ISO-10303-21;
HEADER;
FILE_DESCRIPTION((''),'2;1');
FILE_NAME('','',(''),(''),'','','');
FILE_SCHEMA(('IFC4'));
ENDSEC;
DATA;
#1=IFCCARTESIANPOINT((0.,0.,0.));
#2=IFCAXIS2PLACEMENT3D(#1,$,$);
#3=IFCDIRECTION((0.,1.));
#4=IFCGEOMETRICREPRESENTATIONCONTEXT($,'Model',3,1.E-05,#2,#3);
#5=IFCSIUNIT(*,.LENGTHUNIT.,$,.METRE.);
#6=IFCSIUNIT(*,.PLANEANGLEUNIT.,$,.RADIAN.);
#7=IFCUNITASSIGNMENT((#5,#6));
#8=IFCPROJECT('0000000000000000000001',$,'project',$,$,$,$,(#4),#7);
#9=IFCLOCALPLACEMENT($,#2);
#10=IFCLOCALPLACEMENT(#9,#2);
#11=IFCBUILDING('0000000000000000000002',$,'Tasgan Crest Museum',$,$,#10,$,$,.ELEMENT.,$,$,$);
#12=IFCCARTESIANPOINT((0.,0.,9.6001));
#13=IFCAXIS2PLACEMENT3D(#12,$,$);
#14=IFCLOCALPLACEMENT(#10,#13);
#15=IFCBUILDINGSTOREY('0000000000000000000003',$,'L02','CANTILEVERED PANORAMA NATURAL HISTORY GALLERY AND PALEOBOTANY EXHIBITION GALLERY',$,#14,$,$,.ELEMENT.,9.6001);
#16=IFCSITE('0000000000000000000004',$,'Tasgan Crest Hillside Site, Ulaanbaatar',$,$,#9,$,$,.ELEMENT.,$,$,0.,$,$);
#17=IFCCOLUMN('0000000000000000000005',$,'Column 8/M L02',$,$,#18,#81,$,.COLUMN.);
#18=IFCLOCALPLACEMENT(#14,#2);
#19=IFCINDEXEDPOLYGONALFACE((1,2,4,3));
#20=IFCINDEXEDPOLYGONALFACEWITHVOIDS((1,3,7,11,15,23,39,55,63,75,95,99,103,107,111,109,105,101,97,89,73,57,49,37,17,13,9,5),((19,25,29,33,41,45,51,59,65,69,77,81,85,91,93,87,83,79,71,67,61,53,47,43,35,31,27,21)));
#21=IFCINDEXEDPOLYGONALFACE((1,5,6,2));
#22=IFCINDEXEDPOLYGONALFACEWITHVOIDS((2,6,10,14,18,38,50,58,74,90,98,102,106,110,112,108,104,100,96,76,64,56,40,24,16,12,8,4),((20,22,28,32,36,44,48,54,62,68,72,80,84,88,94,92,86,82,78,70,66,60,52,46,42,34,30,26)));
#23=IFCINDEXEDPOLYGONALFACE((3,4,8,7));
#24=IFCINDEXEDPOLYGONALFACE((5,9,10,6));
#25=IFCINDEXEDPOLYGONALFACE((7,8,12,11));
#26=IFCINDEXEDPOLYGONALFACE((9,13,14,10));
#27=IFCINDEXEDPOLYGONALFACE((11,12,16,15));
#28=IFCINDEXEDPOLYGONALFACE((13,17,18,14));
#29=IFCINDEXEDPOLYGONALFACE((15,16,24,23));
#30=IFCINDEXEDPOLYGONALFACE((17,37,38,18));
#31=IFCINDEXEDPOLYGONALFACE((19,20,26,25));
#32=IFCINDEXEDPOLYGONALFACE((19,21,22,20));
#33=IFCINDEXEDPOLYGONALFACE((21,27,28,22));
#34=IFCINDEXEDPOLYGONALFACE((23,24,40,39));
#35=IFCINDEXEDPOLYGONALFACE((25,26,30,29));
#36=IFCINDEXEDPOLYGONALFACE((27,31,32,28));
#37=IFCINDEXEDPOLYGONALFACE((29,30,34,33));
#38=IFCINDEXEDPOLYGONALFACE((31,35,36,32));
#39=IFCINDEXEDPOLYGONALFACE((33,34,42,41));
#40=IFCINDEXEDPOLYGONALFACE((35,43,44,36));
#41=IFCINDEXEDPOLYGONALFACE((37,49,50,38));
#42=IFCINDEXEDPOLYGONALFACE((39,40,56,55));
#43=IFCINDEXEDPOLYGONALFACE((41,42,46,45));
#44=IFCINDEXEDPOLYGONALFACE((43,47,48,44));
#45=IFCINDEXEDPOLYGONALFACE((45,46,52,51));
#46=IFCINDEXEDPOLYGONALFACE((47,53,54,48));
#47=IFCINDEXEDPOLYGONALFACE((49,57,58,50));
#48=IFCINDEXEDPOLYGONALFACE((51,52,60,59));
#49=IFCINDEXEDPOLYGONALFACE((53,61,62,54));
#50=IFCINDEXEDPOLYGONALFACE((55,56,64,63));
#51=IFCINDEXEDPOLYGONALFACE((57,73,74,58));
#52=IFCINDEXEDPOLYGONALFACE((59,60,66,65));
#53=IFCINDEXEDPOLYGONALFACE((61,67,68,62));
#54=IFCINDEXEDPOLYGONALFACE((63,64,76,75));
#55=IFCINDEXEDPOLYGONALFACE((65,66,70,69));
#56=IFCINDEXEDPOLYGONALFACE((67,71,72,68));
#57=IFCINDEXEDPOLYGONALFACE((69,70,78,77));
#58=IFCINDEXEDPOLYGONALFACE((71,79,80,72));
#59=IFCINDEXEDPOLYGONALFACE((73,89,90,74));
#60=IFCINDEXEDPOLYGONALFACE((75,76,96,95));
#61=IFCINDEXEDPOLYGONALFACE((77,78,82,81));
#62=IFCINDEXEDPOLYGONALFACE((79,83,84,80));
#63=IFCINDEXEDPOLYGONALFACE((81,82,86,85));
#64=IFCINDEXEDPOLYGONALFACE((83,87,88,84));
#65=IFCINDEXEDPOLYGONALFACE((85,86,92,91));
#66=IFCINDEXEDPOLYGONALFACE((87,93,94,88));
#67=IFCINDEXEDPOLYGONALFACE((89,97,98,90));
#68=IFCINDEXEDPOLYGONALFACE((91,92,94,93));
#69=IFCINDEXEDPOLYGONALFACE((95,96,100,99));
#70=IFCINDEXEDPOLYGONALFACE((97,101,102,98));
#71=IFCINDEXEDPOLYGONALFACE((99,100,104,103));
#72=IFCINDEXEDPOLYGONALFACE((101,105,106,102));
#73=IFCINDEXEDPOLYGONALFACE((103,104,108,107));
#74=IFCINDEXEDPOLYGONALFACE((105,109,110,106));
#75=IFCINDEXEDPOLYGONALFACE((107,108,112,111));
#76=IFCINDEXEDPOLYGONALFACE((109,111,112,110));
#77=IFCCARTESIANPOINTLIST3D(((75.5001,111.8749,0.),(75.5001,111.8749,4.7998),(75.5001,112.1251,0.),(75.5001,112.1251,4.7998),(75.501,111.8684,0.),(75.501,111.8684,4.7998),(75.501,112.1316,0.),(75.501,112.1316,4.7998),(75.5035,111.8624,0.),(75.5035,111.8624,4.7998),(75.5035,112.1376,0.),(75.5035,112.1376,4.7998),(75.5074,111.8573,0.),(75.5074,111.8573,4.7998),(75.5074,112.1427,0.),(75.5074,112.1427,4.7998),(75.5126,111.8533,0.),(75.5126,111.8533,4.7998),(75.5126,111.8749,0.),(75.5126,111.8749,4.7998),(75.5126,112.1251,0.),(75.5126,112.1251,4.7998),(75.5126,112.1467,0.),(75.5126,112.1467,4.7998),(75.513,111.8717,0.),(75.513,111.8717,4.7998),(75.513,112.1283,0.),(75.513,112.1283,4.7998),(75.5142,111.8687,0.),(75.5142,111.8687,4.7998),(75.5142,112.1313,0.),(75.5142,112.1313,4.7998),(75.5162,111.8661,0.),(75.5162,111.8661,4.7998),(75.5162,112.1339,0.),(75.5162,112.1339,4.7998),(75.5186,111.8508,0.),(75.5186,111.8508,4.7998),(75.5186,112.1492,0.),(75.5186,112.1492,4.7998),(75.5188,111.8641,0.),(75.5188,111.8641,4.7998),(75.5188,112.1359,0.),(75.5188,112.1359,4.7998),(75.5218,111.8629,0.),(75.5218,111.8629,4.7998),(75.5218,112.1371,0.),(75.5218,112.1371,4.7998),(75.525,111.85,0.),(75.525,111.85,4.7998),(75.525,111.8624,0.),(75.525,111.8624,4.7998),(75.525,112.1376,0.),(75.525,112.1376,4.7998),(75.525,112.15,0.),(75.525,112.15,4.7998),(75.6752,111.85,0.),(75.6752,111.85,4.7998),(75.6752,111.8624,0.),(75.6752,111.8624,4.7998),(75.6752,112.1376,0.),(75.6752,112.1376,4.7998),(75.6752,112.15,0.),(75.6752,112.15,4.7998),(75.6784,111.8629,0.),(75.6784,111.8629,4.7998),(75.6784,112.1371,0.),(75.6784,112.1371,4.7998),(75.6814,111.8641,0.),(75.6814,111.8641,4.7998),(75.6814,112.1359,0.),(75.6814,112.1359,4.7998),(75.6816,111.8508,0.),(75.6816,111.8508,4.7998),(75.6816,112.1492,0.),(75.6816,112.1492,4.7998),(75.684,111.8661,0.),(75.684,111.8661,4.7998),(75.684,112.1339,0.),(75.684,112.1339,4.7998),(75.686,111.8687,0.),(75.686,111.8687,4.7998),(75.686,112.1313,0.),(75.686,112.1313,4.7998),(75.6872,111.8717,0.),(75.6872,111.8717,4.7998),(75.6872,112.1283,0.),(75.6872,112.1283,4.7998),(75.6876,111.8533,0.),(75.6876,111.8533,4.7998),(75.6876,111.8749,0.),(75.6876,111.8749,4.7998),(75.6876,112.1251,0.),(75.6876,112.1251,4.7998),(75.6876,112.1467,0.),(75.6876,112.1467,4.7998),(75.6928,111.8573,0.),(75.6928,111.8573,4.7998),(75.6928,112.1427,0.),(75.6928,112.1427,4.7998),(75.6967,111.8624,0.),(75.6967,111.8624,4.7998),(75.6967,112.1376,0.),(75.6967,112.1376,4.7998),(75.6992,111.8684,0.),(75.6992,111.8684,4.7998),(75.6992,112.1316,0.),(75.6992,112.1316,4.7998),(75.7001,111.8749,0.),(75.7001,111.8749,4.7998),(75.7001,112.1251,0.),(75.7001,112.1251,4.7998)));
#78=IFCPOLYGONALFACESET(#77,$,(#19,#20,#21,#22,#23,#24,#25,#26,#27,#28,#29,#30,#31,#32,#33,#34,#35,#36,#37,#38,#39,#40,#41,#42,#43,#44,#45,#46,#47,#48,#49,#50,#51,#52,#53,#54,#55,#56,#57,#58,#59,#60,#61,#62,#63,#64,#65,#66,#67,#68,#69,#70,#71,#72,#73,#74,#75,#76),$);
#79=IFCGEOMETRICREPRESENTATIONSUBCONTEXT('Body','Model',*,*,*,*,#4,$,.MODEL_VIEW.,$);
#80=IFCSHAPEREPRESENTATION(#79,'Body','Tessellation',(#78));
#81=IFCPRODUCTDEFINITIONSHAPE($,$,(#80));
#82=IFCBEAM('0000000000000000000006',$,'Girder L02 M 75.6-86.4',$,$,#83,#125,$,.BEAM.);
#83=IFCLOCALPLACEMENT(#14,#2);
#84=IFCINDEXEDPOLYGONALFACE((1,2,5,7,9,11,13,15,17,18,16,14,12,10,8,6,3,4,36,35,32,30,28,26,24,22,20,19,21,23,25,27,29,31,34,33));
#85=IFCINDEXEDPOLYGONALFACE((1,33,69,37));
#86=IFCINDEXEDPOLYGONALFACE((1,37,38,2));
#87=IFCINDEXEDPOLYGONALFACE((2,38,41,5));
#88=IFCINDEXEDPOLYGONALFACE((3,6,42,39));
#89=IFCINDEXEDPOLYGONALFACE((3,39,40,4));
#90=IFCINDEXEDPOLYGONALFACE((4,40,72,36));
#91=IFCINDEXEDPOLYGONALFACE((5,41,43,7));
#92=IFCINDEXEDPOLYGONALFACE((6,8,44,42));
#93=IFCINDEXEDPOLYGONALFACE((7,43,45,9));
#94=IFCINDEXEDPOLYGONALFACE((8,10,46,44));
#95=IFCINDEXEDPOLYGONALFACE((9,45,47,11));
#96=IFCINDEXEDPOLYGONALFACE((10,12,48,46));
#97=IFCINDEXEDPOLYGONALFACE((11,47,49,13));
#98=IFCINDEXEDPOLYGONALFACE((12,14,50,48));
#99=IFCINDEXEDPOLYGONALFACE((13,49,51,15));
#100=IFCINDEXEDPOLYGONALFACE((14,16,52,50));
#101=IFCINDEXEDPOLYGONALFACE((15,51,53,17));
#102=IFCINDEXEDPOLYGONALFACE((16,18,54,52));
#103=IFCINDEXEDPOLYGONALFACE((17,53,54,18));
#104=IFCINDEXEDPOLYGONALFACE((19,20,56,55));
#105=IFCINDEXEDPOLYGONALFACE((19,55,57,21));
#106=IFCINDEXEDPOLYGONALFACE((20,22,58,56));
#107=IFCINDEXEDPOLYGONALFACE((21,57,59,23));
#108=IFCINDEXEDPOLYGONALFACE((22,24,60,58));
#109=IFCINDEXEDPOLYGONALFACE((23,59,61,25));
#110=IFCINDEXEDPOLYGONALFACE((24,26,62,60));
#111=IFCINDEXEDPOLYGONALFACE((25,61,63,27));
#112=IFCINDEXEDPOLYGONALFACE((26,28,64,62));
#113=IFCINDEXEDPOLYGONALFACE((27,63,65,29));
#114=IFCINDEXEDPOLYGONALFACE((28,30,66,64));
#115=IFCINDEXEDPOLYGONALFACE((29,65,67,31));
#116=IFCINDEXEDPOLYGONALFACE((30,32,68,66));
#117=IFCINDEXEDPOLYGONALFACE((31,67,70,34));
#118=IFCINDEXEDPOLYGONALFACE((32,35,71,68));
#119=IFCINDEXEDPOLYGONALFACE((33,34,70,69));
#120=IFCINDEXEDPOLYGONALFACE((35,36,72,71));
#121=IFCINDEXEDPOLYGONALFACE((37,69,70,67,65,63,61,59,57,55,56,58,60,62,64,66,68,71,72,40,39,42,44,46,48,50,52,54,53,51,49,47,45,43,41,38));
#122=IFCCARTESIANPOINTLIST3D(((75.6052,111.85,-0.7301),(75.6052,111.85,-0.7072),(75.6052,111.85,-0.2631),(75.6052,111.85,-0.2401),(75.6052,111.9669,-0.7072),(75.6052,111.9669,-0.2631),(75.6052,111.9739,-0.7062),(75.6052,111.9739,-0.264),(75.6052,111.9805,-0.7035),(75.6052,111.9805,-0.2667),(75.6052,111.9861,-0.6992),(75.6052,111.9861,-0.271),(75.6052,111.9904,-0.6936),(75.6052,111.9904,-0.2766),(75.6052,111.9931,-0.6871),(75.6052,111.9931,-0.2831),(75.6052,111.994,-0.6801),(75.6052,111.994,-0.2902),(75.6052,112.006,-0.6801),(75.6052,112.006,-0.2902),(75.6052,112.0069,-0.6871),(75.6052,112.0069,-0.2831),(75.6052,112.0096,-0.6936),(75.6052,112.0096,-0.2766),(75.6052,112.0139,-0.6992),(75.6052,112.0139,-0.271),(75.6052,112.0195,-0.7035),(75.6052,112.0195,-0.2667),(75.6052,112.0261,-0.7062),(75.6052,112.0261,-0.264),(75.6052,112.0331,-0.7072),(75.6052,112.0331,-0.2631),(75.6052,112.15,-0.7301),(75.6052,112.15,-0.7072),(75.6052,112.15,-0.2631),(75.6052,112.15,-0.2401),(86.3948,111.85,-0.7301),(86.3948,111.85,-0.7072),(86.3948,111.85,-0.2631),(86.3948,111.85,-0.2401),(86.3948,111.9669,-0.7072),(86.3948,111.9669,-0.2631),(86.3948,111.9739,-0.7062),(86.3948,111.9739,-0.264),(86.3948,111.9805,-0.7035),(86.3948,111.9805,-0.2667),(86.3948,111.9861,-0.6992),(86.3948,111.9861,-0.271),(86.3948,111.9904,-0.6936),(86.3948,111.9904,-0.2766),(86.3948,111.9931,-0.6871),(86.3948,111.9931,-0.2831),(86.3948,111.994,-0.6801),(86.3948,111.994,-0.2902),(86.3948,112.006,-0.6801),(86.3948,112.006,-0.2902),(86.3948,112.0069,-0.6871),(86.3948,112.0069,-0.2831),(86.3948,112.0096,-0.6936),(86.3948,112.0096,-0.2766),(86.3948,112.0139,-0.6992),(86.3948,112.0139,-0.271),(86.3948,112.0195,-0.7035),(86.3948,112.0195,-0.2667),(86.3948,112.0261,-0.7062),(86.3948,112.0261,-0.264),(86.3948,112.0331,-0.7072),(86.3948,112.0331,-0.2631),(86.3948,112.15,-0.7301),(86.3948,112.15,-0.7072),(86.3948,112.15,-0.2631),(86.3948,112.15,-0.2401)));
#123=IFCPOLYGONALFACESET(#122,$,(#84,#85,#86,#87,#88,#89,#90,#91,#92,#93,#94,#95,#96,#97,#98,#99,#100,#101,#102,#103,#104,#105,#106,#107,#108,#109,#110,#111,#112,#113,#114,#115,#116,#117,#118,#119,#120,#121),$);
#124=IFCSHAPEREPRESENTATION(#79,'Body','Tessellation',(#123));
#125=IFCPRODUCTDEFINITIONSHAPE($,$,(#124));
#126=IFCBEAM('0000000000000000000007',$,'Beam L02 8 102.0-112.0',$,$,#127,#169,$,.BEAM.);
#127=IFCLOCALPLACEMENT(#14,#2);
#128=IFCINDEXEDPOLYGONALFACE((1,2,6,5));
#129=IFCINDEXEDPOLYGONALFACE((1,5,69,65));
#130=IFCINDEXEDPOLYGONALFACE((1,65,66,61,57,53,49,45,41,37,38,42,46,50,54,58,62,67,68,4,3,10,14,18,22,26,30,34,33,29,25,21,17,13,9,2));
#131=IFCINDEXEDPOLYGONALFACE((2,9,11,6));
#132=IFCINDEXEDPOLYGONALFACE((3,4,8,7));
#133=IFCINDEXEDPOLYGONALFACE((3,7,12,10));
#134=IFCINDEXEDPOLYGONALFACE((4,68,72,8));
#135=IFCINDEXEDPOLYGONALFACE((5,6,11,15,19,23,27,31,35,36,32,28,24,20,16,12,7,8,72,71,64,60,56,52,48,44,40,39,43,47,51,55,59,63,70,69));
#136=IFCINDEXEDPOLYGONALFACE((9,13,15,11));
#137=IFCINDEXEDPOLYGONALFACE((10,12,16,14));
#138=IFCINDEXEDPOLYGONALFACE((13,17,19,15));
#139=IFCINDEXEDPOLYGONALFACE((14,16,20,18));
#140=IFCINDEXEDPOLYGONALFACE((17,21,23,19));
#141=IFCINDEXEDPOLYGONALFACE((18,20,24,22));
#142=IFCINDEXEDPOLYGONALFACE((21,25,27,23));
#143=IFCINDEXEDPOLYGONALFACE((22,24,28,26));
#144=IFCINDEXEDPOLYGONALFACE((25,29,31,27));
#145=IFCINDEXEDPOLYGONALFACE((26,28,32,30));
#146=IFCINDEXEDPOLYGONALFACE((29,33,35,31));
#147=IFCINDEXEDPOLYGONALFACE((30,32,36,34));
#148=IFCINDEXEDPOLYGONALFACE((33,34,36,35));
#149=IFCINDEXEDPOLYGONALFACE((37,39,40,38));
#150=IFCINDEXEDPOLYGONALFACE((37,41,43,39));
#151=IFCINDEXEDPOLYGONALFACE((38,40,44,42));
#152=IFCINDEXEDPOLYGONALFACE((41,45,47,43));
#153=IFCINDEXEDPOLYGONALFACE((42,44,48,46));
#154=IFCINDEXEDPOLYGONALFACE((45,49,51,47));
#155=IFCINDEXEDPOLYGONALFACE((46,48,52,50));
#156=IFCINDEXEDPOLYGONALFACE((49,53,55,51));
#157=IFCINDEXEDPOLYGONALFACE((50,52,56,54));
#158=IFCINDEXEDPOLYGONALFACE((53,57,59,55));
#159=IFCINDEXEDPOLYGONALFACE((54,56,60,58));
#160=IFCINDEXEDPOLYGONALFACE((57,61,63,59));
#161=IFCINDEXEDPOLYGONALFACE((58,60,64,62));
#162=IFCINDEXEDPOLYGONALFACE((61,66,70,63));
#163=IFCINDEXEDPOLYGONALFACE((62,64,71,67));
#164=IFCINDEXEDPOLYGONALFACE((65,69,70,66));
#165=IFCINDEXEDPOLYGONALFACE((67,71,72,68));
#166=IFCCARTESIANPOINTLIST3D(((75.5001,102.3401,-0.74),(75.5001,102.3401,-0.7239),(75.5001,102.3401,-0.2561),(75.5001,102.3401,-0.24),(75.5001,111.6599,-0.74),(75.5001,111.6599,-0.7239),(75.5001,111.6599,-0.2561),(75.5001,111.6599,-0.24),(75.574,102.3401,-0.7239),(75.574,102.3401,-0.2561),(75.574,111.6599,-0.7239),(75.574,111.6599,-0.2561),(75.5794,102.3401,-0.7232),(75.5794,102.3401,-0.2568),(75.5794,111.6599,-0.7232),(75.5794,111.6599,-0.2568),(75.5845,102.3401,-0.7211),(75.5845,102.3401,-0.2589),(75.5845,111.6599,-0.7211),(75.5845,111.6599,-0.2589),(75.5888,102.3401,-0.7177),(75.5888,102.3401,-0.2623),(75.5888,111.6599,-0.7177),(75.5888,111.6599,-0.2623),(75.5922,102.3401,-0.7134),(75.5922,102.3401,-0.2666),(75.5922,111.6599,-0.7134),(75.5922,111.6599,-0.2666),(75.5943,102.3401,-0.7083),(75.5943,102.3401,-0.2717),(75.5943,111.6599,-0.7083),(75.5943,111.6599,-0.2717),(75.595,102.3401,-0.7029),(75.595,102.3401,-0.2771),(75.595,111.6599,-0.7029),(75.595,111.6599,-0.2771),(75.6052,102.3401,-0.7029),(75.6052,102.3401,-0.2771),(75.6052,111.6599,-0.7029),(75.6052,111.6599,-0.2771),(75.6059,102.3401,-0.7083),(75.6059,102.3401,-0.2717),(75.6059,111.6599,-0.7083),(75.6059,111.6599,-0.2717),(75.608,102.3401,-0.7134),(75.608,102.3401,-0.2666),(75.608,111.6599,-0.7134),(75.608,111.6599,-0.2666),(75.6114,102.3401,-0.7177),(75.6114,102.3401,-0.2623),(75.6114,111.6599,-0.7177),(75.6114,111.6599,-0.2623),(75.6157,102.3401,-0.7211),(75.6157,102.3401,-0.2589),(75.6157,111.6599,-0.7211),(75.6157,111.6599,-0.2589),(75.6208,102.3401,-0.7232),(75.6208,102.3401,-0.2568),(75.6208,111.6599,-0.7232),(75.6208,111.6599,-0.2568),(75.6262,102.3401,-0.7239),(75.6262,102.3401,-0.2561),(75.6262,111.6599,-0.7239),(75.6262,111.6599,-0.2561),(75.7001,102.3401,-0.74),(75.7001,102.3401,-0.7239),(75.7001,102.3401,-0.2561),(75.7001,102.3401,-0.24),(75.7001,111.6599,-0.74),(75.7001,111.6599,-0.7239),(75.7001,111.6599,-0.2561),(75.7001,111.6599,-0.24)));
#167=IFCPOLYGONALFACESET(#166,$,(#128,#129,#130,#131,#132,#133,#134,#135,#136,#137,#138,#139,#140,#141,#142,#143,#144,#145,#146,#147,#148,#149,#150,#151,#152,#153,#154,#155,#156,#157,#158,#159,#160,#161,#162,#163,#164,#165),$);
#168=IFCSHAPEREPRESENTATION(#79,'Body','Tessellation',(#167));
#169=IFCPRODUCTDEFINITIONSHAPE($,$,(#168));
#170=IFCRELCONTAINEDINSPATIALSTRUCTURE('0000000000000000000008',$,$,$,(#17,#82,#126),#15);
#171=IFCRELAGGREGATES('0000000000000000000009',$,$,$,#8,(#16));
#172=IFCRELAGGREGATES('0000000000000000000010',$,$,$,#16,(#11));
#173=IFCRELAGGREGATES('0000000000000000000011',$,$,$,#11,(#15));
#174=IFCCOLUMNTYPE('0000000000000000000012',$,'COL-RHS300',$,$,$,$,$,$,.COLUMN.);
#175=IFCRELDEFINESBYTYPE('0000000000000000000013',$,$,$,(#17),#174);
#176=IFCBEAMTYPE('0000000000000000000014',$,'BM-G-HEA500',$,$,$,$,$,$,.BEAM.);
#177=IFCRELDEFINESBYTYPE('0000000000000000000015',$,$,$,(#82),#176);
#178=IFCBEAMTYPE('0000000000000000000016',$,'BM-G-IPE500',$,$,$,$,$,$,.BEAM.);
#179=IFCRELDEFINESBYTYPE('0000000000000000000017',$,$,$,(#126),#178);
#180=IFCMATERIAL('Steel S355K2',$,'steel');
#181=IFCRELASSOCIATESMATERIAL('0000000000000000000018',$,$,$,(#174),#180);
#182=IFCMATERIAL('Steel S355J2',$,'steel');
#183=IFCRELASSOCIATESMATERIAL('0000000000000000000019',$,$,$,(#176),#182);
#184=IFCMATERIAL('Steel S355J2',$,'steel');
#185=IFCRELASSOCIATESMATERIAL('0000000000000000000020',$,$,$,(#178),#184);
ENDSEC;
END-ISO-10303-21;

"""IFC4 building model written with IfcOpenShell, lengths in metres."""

from ifc_helpers import new_model, si_unit, direction, frame, origin, origin_2d, place, context, subcontext, project, spatial, hollow_rectangle, i_section, extrude, material, material_profile, profile_set, type_object, element, save


model = new_model("IFC4")

# Units and contexts
model_context = context("Model", 3, precision=1e-05, world=origin(), true_north=direction((0.0, 1.0)))
body_context = subcontext(model_context, "Body", "Model", "MODEL_VIEW")
ifc_project = project(units=[si_unit("LENGTHUNIT", "METRE"), si_unit("PLANEANGLEUNIT", "RADIAN")], contexts=[model_context])

# Site, building, storey
site_placement = place(None, origin())
site = spatial("IfcSite", under=ifc_project, at=site_placement, Name="Tasgan Crest Hillside Site, Ulaanbaatar", CompositionType="ELEMENT", RefElevation=0.0)
building_placement = place(site_placement, origin())
building = spatial("IfcBuilding", under=site, at=building_placement, Name="Tasgan Crest Museum", CompositionType="ELEMENT")
storey_placement = place(building_placement, frame((0.0, 0.0, 9.6001)))
storey = spatial("IfcBuildingStorey", under=building, at=storey_placement, Name="L02", Description="CANTILEVERED PANORAMA NATURAL HISTORY GALLERY AND PALEOBOTANY EXHIBITION GALLERY", CompositionType="ELEMENT", Elevation=9.6001)

# Column
ifc_material_1 = material(Name="Steel S355K2", Category="steel")
ifc_material_profile_1 = material_profile(ifc_material_1, hollow_rectangle(XDim=0.2, YDim=0.3, WallThickness=0.0125, InnerFilletRadius=0.0125, OuterFilletRadius=0.0249, at=origin_2d()), Name="RHS 300x200x12.5")
ifc_profile_set_1 = profile_set([ifc_material_profile_1], Name="Steel S355K2")
column_type = type_object("IfcColumnType", Name="COL-RHS300", PredefinedType="COLUMN", material=ifc_profile_set_1)
column_placement = place(storey_placement, frame((75.6001, 112.0, 0.0), z_axis=(0.0, 0.0, 1.0), x_axis=(1.0, 0.0, 0.0)))
element("IfcColumn", 1, at=column_placement, inside=storey, type_object=column_type, Name="Column 8/M L02", PredefinedType="COLUMN", context=body_context, shape_type="SweptSolid", body=[
    extrude(hollow_rectangle(XDim=0.2, YDim=0.3, WallThickness=0.0125, InnerFilletRadius=0.0125, OuterFilletRadius=0.0249, at=origin_2d()), origin(), (0.0, 0.0, 1.0), 4.7998),
])

# Beams
ifc_material_2 = material(Name="Steel S355J2", Category="steel")
ifc_material_profile_2 = material_profile(ifc_material_2, i_section(OverallWidth=0.3, OverallDepth=0.49, WebThickness=0.012, FlangeThickness=0.0229, FilletRadius=0.0271, at=origin_2d()), Name="HEA 500")
ifc_profile_set_2 = profile_set([ifc_material_profile_2], Name="Steel S355J2")
beam_type_1 = type_object("IfcBeamType", Name="BM-G-HEA500", PredefinedType="BEAM", material=ifc_profile_set_2)
beam_1_placement = place(storey_placement, frame((75.6052, 112.0, -0.4851), z_axis=(1.0, 0.0, 0.0), x_axis=(0.0, 1.0, 0.0)))
element("IfcBeam", 2, at=beam_1_placement, inside=storey, type_object=beam_type_1, Name="Girder L02 M 75.6-86.4", PredefinedType="BEAM", context=body_context, shape_type="SweptSolid", body=[
    extrude(i_section(OverallWidth=0.3, OverallDepth=0.49, WebThickness=0.012, FlangeThickness=0.0229, FilletRadius=0.0271, at=origin_2d()), origin(), (0.0, 0.0, 1.0), 10.7896),
])
ifc_material_3 = material(Name="Steel S355J2", Category="steel")
ifc_material_profile_3 = material_profile(ifc_material_3, i_section(OverallWidth=0.2, OverallDepth=0.5, WebThickness=0.0103, FlangeThickness=0.0161, FilletRadius=0.021, at=origin_2d()), Name="IPE 500")
ifc_profile_set_3 = profile_set([ifc_material_profile_3], Name="Steel S355J2")
beam_type_2 = type_object("IfcBeamType", Name="BM-G-IPE500", PredefinedType="BEAM", material=ifc_profile_set_3)
beam_2_placement = place(storey_placement, frame((75.6001, 102.3401, -0.49), z_axis=(0.0, 1.0, 0.0), x_axis=(-1.0, 0.0, 0.0)))
element("IfcBeam", 3, at=beam_2_placement, inside=storey, type_object=beam_type_2, Name="Beam L02 8 102.0-112.0", PredefinedType="BEAM", context=body_context, shape_type="SweptSolid", body=[
    extrude(i_section(OverallWidth=0.2, OverallDepth=0.5, WebThickness=0.0103, FlangeThickness=0.0161, FilletRadius=0.021, at=origin_2d()), origin(), (0.0, 0.0, 1.0), 9.3198),
])

save(model, "model.ifc")
